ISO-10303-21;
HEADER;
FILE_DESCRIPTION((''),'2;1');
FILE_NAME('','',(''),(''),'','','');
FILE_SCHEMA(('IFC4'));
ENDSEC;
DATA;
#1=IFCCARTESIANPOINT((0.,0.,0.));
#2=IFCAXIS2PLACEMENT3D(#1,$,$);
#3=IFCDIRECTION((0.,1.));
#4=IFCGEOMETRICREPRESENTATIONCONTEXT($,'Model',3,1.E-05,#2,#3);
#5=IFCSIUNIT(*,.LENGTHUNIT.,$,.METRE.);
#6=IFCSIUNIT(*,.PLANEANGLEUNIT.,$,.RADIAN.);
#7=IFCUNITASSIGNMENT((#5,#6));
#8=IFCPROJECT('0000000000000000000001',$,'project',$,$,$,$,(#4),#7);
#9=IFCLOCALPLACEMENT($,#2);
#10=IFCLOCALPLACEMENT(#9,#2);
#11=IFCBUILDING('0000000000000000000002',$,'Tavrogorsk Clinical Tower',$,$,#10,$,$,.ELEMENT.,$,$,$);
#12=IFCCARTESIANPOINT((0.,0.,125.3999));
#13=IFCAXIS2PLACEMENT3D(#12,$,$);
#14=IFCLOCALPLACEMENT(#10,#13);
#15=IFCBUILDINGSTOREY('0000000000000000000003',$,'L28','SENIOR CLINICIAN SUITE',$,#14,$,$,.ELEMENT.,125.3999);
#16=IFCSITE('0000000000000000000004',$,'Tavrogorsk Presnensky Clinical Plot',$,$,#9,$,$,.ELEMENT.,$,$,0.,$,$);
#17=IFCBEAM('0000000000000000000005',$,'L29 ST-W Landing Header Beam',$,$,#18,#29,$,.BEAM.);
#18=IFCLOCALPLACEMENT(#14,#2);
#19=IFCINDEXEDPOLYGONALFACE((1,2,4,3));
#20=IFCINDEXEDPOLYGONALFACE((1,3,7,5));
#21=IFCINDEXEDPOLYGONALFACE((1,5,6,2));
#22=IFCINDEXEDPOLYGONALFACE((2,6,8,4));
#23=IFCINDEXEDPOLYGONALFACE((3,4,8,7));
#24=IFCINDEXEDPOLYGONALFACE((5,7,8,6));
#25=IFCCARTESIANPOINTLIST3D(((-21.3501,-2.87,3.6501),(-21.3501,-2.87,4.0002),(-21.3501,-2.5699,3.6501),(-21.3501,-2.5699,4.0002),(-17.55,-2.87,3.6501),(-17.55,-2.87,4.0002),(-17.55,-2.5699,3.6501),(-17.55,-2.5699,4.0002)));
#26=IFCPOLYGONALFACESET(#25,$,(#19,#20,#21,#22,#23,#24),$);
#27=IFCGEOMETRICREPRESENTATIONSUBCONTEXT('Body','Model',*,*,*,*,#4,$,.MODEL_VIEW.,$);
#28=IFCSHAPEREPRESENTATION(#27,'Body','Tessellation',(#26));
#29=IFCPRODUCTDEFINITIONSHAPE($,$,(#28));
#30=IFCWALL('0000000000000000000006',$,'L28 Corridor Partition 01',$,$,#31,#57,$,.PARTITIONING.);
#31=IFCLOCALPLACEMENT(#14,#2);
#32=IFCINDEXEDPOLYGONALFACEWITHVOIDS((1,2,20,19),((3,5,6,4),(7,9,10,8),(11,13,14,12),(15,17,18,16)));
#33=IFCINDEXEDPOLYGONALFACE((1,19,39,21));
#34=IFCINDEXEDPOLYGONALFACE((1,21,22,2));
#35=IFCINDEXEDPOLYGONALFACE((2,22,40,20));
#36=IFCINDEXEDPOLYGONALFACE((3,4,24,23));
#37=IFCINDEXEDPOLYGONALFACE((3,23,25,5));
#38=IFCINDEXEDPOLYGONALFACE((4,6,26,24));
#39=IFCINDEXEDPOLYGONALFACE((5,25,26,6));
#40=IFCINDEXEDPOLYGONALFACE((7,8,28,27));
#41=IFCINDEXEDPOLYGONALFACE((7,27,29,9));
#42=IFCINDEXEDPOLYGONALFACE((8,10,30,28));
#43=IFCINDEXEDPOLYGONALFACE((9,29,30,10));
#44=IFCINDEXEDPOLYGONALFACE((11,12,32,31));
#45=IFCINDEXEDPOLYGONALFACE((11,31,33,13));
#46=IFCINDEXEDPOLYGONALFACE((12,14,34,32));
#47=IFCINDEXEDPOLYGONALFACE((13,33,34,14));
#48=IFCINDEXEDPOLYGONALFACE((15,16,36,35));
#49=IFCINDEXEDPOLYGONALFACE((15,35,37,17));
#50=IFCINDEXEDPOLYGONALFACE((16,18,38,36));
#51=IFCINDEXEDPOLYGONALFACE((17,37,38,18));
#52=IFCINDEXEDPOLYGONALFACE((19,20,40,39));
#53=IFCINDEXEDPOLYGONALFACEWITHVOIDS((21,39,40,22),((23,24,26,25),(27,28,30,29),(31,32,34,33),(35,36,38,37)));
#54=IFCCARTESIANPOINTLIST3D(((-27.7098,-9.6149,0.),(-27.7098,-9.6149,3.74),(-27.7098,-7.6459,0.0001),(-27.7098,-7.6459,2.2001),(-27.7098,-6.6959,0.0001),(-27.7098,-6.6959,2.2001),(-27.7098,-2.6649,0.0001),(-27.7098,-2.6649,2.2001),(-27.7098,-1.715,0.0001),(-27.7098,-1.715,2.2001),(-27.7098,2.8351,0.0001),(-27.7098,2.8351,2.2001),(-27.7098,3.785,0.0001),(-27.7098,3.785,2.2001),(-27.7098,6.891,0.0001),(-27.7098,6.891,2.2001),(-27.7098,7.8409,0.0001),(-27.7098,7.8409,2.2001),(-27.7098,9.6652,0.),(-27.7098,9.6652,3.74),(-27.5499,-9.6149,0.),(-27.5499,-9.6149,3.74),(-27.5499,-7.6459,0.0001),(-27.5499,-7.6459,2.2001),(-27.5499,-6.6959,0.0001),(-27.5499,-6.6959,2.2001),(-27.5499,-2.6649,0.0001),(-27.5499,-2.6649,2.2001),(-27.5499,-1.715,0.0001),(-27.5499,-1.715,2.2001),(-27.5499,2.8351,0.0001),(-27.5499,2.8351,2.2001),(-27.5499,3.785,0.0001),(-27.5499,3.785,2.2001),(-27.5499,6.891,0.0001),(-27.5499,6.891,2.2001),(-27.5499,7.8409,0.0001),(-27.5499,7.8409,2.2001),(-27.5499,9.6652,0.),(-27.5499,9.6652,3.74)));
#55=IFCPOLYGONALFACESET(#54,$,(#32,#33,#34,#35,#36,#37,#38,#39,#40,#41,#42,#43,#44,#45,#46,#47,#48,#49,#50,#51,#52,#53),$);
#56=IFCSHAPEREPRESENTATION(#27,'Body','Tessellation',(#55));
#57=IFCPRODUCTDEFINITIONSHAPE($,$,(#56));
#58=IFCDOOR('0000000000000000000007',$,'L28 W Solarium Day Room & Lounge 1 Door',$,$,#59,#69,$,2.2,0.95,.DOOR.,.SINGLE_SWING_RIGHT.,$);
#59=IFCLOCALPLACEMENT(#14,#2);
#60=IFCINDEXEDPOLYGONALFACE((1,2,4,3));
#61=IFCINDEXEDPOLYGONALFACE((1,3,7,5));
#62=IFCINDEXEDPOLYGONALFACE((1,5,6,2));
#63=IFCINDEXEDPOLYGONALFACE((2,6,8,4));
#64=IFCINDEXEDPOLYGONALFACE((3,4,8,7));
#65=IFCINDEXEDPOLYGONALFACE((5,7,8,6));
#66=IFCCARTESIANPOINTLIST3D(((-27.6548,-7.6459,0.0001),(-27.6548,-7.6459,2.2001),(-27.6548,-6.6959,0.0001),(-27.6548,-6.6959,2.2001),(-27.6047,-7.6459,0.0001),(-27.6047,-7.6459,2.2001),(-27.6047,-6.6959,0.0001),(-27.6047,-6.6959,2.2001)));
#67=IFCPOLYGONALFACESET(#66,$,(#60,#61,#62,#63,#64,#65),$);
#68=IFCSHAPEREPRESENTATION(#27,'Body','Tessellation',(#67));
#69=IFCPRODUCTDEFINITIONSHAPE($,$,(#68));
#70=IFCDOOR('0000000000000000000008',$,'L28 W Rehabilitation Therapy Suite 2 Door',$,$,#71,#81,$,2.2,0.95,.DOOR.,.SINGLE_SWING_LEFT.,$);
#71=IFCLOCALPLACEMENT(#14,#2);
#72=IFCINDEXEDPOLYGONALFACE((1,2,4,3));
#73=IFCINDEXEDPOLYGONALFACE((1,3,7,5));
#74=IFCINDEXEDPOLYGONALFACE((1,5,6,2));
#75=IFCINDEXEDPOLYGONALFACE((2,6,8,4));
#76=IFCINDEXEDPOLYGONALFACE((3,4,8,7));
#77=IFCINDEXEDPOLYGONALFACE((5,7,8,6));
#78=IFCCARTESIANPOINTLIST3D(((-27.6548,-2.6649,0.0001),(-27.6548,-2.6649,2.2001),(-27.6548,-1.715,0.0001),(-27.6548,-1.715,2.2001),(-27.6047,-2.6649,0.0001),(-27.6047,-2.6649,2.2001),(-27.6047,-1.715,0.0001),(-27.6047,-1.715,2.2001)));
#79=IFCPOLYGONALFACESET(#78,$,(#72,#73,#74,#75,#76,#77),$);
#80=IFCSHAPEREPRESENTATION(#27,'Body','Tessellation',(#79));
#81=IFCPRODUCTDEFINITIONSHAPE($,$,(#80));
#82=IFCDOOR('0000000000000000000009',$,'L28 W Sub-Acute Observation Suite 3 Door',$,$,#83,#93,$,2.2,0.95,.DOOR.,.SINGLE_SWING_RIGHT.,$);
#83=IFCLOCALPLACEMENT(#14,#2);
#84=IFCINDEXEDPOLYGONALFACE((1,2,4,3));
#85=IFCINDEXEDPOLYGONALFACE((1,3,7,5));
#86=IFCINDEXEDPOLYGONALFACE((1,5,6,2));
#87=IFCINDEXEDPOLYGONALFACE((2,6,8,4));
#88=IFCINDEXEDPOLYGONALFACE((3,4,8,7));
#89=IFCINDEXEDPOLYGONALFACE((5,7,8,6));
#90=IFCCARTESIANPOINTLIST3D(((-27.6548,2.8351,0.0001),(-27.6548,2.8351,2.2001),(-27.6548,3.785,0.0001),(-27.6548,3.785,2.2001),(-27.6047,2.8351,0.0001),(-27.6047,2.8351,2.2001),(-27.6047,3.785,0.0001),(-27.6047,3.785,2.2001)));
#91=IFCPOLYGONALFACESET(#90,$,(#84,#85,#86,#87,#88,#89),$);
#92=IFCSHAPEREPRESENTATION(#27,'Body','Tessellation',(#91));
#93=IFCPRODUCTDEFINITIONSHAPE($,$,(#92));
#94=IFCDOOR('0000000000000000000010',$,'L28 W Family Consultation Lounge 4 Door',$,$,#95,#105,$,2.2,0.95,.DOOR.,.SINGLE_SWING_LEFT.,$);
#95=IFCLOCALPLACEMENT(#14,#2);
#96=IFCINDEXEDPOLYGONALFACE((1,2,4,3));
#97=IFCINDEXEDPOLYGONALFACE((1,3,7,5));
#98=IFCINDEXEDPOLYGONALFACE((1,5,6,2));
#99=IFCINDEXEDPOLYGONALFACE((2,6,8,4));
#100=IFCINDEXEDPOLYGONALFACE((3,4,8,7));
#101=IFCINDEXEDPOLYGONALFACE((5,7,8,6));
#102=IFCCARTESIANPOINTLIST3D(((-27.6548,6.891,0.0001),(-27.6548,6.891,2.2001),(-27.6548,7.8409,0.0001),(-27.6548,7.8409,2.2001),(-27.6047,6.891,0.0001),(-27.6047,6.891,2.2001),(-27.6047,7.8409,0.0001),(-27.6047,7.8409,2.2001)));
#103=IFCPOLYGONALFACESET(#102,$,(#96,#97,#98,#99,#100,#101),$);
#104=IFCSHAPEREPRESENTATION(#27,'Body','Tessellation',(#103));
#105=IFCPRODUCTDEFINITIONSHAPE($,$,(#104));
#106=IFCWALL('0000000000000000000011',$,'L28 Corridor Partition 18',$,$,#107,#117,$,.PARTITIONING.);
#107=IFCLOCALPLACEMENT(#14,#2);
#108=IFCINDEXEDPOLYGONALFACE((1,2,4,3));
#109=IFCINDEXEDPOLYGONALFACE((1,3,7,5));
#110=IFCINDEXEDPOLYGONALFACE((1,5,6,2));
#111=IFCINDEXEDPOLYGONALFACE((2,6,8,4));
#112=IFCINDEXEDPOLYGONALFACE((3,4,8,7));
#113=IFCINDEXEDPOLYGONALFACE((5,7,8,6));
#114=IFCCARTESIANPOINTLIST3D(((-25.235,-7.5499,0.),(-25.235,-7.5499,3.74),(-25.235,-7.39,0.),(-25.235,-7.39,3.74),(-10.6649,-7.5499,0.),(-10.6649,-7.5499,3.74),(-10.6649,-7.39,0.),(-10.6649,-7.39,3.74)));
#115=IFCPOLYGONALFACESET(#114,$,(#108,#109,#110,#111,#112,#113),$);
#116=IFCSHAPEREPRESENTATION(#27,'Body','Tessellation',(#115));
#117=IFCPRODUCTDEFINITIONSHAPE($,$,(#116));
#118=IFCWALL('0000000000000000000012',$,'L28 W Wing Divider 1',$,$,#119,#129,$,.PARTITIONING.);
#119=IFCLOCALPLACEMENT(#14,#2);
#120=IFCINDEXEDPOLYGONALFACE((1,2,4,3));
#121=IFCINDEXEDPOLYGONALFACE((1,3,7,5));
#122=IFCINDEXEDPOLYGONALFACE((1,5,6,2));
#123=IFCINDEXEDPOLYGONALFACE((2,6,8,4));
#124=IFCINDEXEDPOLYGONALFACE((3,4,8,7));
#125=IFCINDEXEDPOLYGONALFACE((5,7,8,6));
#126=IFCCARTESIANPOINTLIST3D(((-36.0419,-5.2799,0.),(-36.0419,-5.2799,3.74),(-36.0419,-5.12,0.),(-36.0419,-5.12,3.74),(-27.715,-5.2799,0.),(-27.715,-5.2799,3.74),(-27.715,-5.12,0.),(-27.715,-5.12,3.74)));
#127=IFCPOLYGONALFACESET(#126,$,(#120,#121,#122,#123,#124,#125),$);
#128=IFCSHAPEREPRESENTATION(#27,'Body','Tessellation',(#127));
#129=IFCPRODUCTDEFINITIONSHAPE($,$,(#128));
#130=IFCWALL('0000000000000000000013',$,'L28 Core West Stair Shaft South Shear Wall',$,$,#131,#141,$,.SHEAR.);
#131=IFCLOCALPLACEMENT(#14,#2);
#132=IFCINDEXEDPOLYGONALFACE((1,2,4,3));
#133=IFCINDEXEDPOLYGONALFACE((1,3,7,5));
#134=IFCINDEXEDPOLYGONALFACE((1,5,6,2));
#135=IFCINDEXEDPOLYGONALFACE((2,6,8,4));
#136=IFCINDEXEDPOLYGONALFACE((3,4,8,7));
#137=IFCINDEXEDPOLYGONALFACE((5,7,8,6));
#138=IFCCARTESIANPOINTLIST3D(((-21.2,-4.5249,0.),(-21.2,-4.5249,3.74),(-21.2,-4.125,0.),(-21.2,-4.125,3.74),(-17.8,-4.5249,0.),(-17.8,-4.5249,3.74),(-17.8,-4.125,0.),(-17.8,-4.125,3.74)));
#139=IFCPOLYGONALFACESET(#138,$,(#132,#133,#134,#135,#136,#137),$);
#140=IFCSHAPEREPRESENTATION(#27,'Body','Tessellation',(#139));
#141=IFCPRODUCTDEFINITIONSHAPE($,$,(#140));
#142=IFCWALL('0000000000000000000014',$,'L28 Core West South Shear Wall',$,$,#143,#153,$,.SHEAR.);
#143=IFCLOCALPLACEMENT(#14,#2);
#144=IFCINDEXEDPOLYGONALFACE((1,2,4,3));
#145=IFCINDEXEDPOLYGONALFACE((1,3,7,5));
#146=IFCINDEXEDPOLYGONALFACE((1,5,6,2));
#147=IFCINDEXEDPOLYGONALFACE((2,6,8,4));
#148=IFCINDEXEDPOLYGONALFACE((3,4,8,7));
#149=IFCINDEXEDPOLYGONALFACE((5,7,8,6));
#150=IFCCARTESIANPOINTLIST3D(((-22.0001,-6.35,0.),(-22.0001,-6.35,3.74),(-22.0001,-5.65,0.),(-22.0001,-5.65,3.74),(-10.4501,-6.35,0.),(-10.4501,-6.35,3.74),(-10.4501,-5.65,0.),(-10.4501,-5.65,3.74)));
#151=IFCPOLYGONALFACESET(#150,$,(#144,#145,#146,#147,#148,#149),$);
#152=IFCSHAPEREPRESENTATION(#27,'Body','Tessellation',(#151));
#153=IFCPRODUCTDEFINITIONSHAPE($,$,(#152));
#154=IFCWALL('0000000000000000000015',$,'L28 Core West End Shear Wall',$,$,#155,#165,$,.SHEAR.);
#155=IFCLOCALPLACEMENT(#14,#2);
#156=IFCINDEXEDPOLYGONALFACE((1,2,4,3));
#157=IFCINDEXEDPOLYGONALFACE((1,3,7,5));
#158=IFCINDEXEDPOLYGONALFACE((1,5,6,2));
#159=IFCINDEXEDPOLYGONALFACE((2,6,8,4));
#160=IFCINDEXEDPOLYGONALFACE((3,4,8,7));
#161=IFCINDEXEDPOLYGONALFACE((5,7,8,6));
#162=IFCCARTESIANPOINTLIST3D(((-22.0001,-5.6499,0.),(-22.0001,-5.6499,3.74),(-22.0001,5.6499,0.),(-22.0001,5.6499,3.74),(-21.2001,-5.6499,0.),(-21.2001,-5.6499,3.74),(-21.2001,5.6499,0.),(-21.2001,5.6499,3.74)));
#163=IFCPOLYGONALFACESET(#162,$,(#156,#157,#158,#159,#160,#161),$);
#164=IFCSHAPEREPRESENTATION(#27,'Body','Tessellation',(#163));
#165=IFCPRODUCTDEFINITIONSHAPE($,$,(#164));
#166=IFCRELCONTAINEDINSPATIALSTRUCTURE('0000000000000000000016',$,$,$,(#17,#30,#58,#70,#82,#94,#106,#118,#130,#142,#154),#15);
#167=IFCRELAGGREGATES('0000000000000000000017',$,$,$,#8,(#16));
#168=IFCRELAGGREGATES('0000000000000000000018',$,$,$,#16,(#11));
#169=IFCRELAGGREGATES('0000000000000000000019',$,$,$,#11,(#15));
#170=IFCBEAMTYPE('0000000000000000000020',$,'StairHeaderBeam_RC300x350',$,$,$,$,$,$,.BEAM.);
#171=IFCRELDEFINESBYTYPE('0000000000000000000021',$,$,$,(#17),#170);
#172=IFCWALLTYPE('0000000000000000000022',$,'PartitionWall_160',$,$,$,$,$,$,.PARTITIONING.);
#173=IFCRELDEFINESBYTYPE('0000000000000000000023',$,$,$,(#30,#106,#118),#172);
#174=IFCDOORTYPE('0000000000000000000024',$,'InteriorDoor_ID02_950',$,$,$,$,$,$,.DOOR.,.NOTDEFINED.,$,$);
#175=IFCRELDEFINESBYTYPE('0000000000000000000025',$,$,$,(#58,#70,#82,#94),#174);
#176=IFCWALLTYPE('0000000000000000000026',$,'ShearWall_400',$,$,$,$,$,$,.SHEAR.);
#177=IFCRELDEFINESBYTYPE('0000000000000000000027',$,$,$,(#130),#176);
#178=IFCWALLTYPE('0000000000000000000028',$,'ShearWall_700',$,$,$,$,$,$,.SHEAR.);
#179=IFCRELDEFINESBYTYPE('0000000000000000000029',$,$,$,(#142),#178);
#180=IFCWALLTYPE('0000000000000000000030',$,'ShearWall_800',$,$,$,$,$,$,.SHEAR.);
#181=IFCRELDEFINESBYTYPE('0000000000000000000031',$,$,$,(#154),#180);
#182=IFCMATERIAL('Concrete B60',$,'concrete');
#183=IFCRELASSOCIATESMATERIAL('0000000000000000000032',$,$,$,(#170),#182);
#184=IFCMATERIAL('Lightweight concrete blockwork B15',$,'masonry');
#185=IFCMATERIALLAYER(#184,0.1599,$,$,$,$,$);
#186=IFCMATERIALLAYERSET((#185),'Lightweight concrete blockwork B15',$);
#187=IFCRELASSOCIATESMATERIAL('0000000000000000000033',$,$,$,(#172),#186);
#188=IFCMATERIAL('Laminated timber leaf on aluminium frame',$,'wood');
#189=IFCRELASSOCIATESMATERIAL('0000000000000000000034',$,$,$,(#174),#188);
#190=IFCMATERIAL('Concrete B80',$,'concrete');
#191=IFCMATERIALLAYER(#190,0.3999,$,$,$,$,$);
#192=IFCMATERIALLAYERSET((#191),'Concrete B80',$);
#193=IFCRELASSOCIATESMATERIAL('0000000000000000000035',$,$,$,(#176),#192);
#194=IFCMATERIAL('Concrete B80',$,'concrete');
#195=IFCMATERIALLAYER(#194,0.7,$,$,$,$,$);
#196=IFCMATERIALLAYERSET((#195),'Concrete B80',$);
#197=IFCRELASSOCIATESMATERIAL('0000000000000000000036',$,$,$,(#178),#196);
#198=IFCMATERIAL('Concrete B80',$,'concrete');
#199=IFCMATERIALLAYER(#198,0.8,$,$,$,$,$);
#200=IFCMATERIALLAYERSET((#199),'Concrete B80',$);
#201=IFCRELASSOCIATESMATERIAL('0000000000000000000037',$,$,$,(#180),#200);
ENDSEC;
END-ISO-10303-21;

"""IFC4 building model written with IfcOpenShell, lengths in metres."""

from ifc_helpers import new_model, si_unit, direction, frame, frame_2d, origin, origin_2d, place, context, subcontext, project, spatial, rectangle, extrude, material, layer, layer_set, material_profile, profile_set, type_object, element, fill, save


model = new_model("IFC4")

# Units and contexts
model_context = context("Model", 3, precision=1e-05, world=origin(), true_north=direction((0.0, 1.0)))
body_context = subcontext(model_context, "Body", "Model", "MODEL_VIEW")
ifc_project = project(units=[si_unit("LENGTHUNIT", "METRE"), si_unit("PLANEANGLEUNIT", "RADIAN")], contexts=[model_context])

# Site, building, storey
site_placement = place(None, origin())
site = spatial("IfcSite", under=ifc_project, at=site_placement, Name="Tavrogorsk Presnensky Clinical Plot", CompositionType="ELEMENT", RefElevation=0.0)
building_placement = place(site_placement, origin())
building = spatial("IfcBuilding", under=site, at=building_placement, Name="Tavrogorsk Clinical Tower", CompositionType="ELEMENT")
storey_placement = place(building_placement, frame((0.0, 0.0, 125.3999)))
storey = spatial("IfcBuildingStorey", under=building, at=storey_placement, Name="L28", Description="SENIOR CLINICIAN SUITE", CompositionType="ELEMENT", Elevation=125.3999)

# Beam
ifc_material_1 = material(Name="Concrete B60", Category="concrete")
ifc_material_profile_1 = material_profile(ifc_material_1, rectangle(XDim=0.3, YDim=0.3501, at=origin_2d()), Name="RC-SHB-300x350")
ifc_profile_set_1 = profile_set([ifc_material_profile_1], Name="Concrete B60")
beam_type_1 = type_object("IfcBeamType", Name="StairHeaderBeam_RC300x350", PredefinedType="BEAM", material=ifc_profile_set_1)
beam_1_placement = place(storey_placement, frame((-21.3501, -2.72, 3.8252), z_axis=(1.0, 0.0, 0.0), x_axis=(0.0, 1.0, 0.0)))
element("IfcBeam", 1, at=beam_1_placement, inside=storey, type_object=beam_type_1, Name="L29 ST-W Landing Header Beam", PredefinedType="BEAM", context=body_context, shape_type="SweptSolid", body=[
    extrude(rectangle(XDim=0.3, YDim=0.3501, at=origin_2d()), origin(), (0.0, 0.0, 1.0), 3.8),
])

# Wall, openings, doors
ifc_material_2 = material(Name="Lightweight concrete blockwork B15", Category="masonry")
ifc_layer_1 = layer(ifc_material_2, 0.1599)
ifc_layer_set_1 = layer_set([ifc_layer_1], Name="Lightweight concrete blockwork B15")
wall_type_1 = type_object("IfcWallType", Name="PartitionWall_160", PredefinedType="PARTITIONING", material=ifc_layer_set_1)
wall_1_placement = place(storey_placement, frame((-27.6299, -9.615, 0.0), z_axis=(0.0, 0.0, 1.0), x_axis=(0.0, 1.0, 0.0)))
wall_1 = element("IfcWall", 2, at=wall_1_placement, inside=storey, type_object=wall_type_1, Name="L28 Corridor Partition 01", PredefinedType="PARTITIONING", context=body_context, shape_type="SweptSolid", body=[
    extrude(rectangle(XDim=19.28, YDim=0.1599, at=frame_2d((9.6401, 0.0))), origin(), (0.0, 0.0, 1.0), 3.74),
])
opening_1_placement = place(wall_1_placement, frame((1.969, 0.0, 0.0)))
opening_1 = element("IfcOpeningElement", 3, at=opening_1_placement, cuts=wall_1, PredefinedType="OPENING", context=body_context, shape_type="SweptSolid", body=[
    extrude(rectangle(XDim=0.95, YDim=2.2, at=frame_2d((0.4751, 1.1001))), frame((0.0, 0.0898, 0.0), z_axis=(0.0, -1.0, 0.0), x_axis=(1.0, 0.0, 0.0)), (0.0, 0.0, 1.0), 0.1799),
])
opening_2_placement = place(wall_1_placement, frame((6.95, 0.0, 0.0)))
opening_2 = element("IfcOpeningElement", 4, at=opening_2_placement, cuts=wall_1, PredefinedType="OPENING", context=body_context, shape_type="SweptSolid", body=[
    extrude(rectangle(XDim=0.95, YDim=2.2, at=frame_2d((0.4751, 1.1001))), frame((0.0, 0.0898, 0.0), z_axis=(0.0, -1.0, 0.0), x_axis=(1.0, 0.0, 0.0)), (0.0, 0.0, 1.0), 0.1799),
])
opening_3_placement = place(wall_1_placement, frame((12.45, 0.0, 0.0)))
opening_3 = element("IfcOpeningElement", 5, at=opening_3_placement, cuts=wall_1, PredefinedType="OPENING", context=body_context, shape_type="SweptSolid", body=[
    extrude(rectangle(XDim=0.95, YDim=2.2, at=frame_2d((0.4751, 1.1001))), frame((0.0, 0.0898, 0.0), z_axis=(0.0, -1.0, 0.0), x_axis=(1.0, 0.0, 0.0)), (0.0, 0.0, 1.0), 0.1799),
])
opening_4_placement = place(wall_1_placement, frame((16.5059, 0.0, 0.0)))
opening_4 = element("IfcOpeningElement", 6, at=opening_4_placement, cuts=wall_1, PredefinedType="OPENING", context=body_context, shape_type="SweptSolid", body=[
    extrude(rectangle(XDim=0.95, YDim=2.2, at=frame_2d((0.4751, 1.1001))), frame((0.0, 0.0898, 0.0), z_axis=(0.0, -1.0, 0.0), x_axis=(1.0, 0.0, 0.0)), (0.0, 0.0, 1.0), 0.1799),
])
ifc_material_3 = material(Name="Laminated timber leaf on aluminium frame", Category="wood")
door_type = type_object("IfcDoorType", Name="InteriorDoor_ID02_950", OperationType="NOTDEFINED", PredefinedType="DOOR", material=ifc_material_3)
door_1_placement = place(opening_1_placement, origin())
door_1 = element("IfcDoor", 7, at=door_1_placement, inside=storey, type_object=door_type, Name="L28 W Solarium Day Room & Lounge 1 Door", OperationType="SINGLE_SWING_RIGHT", OverallHeight=2.2, OverallWidth=0.95, PredefinedType="DOOR", context=body_context, shape_type="SweptSolid", body=[
    extrude(rectangle(XDim=0.95, YDim=2.2, at=frame_2d((0.4751, 1.1001))), frame((0.0, 0.0249, 0.0), z_axis=(0.0, -1.0, 0.0), x_axis=(1.0, 0.0, 0.0)), (0.0, 0.0, 1.0), 0.05),
])
fill(opening_1, door_1)
door_2_placement = place(opening_2_placement, origin())
door_2 = element("IfcDoor", 8, at=door_2_placement, inside=storey, type_object=door_type, Name="L28 W Rehabilitation Therapy Suite 2 Door", OperationType="SINGLE_SWING_LEFT", OverallHeight=2.2, OverallWidth=0.95, PredefinedType="DOOR", context=body_context, shape_type="SweptSolid", body=[
    extrude(rectangle(XDim=0.95, YDim=2.2, at=frame_2d((0.4751, 1.1001))), frame((0.0, 0.0249, 0.0), z_axis=(0.0, -1.0, 0.0), x_axis=(1.0, 0.0, 0.0)), (0.0, 0.0, 1.0), 0.05),
])
fill(opening_2, door_2)
door_3_placement = place(opening_3_placement, origin())
door_3 = element("IfcDoor", 9, at=door_3_placement, inside=storey, type_object=door_type, Name="L28 W Sub-Acute Observation Suite 3 Door", OperationType="SINGLE_SWING_RIGHT", OverallHeight=2.2, OverallWidth=0.95, PredefinedType="DOOR", context=body_context, shape_type="SweptSolid", body=[
    extrude(rectangle(XDim=0.95, YDim=2.2, at=frame_2d((0.4751, 1.1001))), frame((0.0, 0.0249, 0.0), z_axis=(0.0, -1.0, 0.0), x_axis=(1.0, 0.0, 0.0)), (0.0, 0.0, 1.0), 0.05),
])
fill(opening_3, door_3)
door_4_placement = place(opening_4_placement, origin())
door_4 = element("IfcDoor", 10, at=door_4_placement, inside=storey, type_object=door_type, Name="L28 W Family Consultation Lounge 4 Door", OperationType="SINGLE_SWING_LEFT", OverallHeight=2.2, OverallWidth=0.95, PredefinedType="DOOR", context=body_context, shape_type="SweptSolid", body=[
    extrude(rectangle(XDim=0.95, YDim=2.2, at=frame_2d((0.4751, 1.1001))), frame((0.0, 0.0249, 0.0), z_axis=(0.0, -1.0, 0.0), x_axis=(1.0, 0.0, 0.0)), (0.0, 0.0, 1.0), 0.05),
])
fill(opening_4, door_4)

# Walls
wall_2_placement = place(storey_placement, frame((-25.2351, -7.47, 0.0), z_axis=(0.0, 0.0, 1.0), x_axis=(1.0, 0.0, 0.0)))
element("IfcWall", 11, at=wall_2_placement, inside=storey, type_object=wall_type_1, Name="L28 Corridor Partition 18", PredefinedType="PARTITIONING", context=body_context, shape_type="SweptSolid", body=[
    extrude(rectangle(XDim=14.5701, YDim=0.1599, at=frame_2d((7.2852, 0.0))), origin(), (0.0, 0.0, 1.0), 3.74),
])
wall_3_placement = place(storey_placement, frame((-36.042, -5.2, 0.0), z_axis=(0.0, 0.0, 1.0), x_axis=(1.0, 0.0, 0.0)))
element("IfcWall", 12, at=wall_3_placement, inside=storey, type_object=wall_type_1, Name="L28 W Wing Divider 1", PredefinedType="PARTITIONING", context=body_context, shape_type="SweptSolid", body=[
    extrude(rectangle(XDim=8.3269, YDim=0.1599, at=frame_2d((4.1636, 0.0))), origin(), (0.0, 0.0, 1.0), 3.74),
])
ifc_material_4 = material(Name="Concrete B80", Category="concrete")
ifc_layer_2 = layer(ifc_material_4, 0.3999)
ifc_layer_set_2 = layer_set([ifc_layer_2], Name="Concrete B80")
wall_type_2 = type_object("IfcWallType", Name="ShearWall_400", PredefinedType="SHEAR", material=ifc_layer_set_2)
wall_4_placement = place(storey_placement, frame((-21.2, -4.325, 0.0), z_axis=(0.0, 0.0, 1.0), x_axis=(1.0, 0.0, 0.0)))
element("IfcWall", 13, at=wall_4_placement, inside=storey, type_object=wall_type_2, Name="L28 Core West Stair Shaft South Shear Wall", PredefinedType="SHEAR", context=body_context, shape_type="SweptSolid", body=[
    extrude(rectangle(XDim=3.3999, YDim=0.3999, at=frame_2d((1.7, 0.0))), origin(), (0.0, 0.0, 1.0), 3.74),
])
ifc_material_5 = material(Name="Concrete B80", Category="concrete")
ifc_layer_3 = layer(ifc_material_5, 0.7)
ifc_layer_set_3 = layer_set([ifc_layer_3], Name="Concrete B80")
wall_type_3 = type_object("IfcWallType", Name="ShearWall_700", PredefinedType="SHEAR", material=ifc_layer_set_3)
wall_5_placement = place(storey_placement, frame((-22.0, -6.0, 0.0), z_axis=(0.0, 0.0, 1.0), x_axis=(1.0, 0.0, 0.0)))
element("IfcWall", 14, at=wall_5_placement, inside=storey, type_object=wall_type_3, Name="L28 Core West South Shear Wall", PredefinedType="SHEAR", context=body_context, shape_type="SweptSolid", body=[
    extrude(rectangle(XDim=11.55, YDim=0.7, at=frame_2d((5.7749, 0.0))), origin(), (0.0, 0.0, 1.0), 3.74),
])
ifc_material_6 = material(Name="Concrete B80", Category="concrete")
ifc_layer_4 = layer(ifc_material_6, 0.8)
ifc_layer_set_4 = layer_set([ifc_layer_4], Name="Concrete B80")
wall_type_4 = type_object("IfcWallType", Name="ShearWall_800", PredefinedType="SHEAR", material=ifc_layer_set_4)
wall_6_placement = place(storey_placement, frame((-21.6001, -5.6499, 0.0), z_axis=(0.0, 0.0, 1.0), x_axis=(0.0, 1.0, 0.0)))
element("IfcWall", 15, at=wall_6_placement, inside=storey, type_object=wall_type_4, Name="L28 Core West End Shear Wall", PredefinedType="SHEAR", context=body_context, shape_type="SweptSolid", body=[
    extrude(rectangle(XDim=11.2998, YDim=0.8, at=frame_2d((5.6499, 0.0))), origin(), (0.0, 0.0, 1.0), 3.74),
])

save(model, "model.ifc")
